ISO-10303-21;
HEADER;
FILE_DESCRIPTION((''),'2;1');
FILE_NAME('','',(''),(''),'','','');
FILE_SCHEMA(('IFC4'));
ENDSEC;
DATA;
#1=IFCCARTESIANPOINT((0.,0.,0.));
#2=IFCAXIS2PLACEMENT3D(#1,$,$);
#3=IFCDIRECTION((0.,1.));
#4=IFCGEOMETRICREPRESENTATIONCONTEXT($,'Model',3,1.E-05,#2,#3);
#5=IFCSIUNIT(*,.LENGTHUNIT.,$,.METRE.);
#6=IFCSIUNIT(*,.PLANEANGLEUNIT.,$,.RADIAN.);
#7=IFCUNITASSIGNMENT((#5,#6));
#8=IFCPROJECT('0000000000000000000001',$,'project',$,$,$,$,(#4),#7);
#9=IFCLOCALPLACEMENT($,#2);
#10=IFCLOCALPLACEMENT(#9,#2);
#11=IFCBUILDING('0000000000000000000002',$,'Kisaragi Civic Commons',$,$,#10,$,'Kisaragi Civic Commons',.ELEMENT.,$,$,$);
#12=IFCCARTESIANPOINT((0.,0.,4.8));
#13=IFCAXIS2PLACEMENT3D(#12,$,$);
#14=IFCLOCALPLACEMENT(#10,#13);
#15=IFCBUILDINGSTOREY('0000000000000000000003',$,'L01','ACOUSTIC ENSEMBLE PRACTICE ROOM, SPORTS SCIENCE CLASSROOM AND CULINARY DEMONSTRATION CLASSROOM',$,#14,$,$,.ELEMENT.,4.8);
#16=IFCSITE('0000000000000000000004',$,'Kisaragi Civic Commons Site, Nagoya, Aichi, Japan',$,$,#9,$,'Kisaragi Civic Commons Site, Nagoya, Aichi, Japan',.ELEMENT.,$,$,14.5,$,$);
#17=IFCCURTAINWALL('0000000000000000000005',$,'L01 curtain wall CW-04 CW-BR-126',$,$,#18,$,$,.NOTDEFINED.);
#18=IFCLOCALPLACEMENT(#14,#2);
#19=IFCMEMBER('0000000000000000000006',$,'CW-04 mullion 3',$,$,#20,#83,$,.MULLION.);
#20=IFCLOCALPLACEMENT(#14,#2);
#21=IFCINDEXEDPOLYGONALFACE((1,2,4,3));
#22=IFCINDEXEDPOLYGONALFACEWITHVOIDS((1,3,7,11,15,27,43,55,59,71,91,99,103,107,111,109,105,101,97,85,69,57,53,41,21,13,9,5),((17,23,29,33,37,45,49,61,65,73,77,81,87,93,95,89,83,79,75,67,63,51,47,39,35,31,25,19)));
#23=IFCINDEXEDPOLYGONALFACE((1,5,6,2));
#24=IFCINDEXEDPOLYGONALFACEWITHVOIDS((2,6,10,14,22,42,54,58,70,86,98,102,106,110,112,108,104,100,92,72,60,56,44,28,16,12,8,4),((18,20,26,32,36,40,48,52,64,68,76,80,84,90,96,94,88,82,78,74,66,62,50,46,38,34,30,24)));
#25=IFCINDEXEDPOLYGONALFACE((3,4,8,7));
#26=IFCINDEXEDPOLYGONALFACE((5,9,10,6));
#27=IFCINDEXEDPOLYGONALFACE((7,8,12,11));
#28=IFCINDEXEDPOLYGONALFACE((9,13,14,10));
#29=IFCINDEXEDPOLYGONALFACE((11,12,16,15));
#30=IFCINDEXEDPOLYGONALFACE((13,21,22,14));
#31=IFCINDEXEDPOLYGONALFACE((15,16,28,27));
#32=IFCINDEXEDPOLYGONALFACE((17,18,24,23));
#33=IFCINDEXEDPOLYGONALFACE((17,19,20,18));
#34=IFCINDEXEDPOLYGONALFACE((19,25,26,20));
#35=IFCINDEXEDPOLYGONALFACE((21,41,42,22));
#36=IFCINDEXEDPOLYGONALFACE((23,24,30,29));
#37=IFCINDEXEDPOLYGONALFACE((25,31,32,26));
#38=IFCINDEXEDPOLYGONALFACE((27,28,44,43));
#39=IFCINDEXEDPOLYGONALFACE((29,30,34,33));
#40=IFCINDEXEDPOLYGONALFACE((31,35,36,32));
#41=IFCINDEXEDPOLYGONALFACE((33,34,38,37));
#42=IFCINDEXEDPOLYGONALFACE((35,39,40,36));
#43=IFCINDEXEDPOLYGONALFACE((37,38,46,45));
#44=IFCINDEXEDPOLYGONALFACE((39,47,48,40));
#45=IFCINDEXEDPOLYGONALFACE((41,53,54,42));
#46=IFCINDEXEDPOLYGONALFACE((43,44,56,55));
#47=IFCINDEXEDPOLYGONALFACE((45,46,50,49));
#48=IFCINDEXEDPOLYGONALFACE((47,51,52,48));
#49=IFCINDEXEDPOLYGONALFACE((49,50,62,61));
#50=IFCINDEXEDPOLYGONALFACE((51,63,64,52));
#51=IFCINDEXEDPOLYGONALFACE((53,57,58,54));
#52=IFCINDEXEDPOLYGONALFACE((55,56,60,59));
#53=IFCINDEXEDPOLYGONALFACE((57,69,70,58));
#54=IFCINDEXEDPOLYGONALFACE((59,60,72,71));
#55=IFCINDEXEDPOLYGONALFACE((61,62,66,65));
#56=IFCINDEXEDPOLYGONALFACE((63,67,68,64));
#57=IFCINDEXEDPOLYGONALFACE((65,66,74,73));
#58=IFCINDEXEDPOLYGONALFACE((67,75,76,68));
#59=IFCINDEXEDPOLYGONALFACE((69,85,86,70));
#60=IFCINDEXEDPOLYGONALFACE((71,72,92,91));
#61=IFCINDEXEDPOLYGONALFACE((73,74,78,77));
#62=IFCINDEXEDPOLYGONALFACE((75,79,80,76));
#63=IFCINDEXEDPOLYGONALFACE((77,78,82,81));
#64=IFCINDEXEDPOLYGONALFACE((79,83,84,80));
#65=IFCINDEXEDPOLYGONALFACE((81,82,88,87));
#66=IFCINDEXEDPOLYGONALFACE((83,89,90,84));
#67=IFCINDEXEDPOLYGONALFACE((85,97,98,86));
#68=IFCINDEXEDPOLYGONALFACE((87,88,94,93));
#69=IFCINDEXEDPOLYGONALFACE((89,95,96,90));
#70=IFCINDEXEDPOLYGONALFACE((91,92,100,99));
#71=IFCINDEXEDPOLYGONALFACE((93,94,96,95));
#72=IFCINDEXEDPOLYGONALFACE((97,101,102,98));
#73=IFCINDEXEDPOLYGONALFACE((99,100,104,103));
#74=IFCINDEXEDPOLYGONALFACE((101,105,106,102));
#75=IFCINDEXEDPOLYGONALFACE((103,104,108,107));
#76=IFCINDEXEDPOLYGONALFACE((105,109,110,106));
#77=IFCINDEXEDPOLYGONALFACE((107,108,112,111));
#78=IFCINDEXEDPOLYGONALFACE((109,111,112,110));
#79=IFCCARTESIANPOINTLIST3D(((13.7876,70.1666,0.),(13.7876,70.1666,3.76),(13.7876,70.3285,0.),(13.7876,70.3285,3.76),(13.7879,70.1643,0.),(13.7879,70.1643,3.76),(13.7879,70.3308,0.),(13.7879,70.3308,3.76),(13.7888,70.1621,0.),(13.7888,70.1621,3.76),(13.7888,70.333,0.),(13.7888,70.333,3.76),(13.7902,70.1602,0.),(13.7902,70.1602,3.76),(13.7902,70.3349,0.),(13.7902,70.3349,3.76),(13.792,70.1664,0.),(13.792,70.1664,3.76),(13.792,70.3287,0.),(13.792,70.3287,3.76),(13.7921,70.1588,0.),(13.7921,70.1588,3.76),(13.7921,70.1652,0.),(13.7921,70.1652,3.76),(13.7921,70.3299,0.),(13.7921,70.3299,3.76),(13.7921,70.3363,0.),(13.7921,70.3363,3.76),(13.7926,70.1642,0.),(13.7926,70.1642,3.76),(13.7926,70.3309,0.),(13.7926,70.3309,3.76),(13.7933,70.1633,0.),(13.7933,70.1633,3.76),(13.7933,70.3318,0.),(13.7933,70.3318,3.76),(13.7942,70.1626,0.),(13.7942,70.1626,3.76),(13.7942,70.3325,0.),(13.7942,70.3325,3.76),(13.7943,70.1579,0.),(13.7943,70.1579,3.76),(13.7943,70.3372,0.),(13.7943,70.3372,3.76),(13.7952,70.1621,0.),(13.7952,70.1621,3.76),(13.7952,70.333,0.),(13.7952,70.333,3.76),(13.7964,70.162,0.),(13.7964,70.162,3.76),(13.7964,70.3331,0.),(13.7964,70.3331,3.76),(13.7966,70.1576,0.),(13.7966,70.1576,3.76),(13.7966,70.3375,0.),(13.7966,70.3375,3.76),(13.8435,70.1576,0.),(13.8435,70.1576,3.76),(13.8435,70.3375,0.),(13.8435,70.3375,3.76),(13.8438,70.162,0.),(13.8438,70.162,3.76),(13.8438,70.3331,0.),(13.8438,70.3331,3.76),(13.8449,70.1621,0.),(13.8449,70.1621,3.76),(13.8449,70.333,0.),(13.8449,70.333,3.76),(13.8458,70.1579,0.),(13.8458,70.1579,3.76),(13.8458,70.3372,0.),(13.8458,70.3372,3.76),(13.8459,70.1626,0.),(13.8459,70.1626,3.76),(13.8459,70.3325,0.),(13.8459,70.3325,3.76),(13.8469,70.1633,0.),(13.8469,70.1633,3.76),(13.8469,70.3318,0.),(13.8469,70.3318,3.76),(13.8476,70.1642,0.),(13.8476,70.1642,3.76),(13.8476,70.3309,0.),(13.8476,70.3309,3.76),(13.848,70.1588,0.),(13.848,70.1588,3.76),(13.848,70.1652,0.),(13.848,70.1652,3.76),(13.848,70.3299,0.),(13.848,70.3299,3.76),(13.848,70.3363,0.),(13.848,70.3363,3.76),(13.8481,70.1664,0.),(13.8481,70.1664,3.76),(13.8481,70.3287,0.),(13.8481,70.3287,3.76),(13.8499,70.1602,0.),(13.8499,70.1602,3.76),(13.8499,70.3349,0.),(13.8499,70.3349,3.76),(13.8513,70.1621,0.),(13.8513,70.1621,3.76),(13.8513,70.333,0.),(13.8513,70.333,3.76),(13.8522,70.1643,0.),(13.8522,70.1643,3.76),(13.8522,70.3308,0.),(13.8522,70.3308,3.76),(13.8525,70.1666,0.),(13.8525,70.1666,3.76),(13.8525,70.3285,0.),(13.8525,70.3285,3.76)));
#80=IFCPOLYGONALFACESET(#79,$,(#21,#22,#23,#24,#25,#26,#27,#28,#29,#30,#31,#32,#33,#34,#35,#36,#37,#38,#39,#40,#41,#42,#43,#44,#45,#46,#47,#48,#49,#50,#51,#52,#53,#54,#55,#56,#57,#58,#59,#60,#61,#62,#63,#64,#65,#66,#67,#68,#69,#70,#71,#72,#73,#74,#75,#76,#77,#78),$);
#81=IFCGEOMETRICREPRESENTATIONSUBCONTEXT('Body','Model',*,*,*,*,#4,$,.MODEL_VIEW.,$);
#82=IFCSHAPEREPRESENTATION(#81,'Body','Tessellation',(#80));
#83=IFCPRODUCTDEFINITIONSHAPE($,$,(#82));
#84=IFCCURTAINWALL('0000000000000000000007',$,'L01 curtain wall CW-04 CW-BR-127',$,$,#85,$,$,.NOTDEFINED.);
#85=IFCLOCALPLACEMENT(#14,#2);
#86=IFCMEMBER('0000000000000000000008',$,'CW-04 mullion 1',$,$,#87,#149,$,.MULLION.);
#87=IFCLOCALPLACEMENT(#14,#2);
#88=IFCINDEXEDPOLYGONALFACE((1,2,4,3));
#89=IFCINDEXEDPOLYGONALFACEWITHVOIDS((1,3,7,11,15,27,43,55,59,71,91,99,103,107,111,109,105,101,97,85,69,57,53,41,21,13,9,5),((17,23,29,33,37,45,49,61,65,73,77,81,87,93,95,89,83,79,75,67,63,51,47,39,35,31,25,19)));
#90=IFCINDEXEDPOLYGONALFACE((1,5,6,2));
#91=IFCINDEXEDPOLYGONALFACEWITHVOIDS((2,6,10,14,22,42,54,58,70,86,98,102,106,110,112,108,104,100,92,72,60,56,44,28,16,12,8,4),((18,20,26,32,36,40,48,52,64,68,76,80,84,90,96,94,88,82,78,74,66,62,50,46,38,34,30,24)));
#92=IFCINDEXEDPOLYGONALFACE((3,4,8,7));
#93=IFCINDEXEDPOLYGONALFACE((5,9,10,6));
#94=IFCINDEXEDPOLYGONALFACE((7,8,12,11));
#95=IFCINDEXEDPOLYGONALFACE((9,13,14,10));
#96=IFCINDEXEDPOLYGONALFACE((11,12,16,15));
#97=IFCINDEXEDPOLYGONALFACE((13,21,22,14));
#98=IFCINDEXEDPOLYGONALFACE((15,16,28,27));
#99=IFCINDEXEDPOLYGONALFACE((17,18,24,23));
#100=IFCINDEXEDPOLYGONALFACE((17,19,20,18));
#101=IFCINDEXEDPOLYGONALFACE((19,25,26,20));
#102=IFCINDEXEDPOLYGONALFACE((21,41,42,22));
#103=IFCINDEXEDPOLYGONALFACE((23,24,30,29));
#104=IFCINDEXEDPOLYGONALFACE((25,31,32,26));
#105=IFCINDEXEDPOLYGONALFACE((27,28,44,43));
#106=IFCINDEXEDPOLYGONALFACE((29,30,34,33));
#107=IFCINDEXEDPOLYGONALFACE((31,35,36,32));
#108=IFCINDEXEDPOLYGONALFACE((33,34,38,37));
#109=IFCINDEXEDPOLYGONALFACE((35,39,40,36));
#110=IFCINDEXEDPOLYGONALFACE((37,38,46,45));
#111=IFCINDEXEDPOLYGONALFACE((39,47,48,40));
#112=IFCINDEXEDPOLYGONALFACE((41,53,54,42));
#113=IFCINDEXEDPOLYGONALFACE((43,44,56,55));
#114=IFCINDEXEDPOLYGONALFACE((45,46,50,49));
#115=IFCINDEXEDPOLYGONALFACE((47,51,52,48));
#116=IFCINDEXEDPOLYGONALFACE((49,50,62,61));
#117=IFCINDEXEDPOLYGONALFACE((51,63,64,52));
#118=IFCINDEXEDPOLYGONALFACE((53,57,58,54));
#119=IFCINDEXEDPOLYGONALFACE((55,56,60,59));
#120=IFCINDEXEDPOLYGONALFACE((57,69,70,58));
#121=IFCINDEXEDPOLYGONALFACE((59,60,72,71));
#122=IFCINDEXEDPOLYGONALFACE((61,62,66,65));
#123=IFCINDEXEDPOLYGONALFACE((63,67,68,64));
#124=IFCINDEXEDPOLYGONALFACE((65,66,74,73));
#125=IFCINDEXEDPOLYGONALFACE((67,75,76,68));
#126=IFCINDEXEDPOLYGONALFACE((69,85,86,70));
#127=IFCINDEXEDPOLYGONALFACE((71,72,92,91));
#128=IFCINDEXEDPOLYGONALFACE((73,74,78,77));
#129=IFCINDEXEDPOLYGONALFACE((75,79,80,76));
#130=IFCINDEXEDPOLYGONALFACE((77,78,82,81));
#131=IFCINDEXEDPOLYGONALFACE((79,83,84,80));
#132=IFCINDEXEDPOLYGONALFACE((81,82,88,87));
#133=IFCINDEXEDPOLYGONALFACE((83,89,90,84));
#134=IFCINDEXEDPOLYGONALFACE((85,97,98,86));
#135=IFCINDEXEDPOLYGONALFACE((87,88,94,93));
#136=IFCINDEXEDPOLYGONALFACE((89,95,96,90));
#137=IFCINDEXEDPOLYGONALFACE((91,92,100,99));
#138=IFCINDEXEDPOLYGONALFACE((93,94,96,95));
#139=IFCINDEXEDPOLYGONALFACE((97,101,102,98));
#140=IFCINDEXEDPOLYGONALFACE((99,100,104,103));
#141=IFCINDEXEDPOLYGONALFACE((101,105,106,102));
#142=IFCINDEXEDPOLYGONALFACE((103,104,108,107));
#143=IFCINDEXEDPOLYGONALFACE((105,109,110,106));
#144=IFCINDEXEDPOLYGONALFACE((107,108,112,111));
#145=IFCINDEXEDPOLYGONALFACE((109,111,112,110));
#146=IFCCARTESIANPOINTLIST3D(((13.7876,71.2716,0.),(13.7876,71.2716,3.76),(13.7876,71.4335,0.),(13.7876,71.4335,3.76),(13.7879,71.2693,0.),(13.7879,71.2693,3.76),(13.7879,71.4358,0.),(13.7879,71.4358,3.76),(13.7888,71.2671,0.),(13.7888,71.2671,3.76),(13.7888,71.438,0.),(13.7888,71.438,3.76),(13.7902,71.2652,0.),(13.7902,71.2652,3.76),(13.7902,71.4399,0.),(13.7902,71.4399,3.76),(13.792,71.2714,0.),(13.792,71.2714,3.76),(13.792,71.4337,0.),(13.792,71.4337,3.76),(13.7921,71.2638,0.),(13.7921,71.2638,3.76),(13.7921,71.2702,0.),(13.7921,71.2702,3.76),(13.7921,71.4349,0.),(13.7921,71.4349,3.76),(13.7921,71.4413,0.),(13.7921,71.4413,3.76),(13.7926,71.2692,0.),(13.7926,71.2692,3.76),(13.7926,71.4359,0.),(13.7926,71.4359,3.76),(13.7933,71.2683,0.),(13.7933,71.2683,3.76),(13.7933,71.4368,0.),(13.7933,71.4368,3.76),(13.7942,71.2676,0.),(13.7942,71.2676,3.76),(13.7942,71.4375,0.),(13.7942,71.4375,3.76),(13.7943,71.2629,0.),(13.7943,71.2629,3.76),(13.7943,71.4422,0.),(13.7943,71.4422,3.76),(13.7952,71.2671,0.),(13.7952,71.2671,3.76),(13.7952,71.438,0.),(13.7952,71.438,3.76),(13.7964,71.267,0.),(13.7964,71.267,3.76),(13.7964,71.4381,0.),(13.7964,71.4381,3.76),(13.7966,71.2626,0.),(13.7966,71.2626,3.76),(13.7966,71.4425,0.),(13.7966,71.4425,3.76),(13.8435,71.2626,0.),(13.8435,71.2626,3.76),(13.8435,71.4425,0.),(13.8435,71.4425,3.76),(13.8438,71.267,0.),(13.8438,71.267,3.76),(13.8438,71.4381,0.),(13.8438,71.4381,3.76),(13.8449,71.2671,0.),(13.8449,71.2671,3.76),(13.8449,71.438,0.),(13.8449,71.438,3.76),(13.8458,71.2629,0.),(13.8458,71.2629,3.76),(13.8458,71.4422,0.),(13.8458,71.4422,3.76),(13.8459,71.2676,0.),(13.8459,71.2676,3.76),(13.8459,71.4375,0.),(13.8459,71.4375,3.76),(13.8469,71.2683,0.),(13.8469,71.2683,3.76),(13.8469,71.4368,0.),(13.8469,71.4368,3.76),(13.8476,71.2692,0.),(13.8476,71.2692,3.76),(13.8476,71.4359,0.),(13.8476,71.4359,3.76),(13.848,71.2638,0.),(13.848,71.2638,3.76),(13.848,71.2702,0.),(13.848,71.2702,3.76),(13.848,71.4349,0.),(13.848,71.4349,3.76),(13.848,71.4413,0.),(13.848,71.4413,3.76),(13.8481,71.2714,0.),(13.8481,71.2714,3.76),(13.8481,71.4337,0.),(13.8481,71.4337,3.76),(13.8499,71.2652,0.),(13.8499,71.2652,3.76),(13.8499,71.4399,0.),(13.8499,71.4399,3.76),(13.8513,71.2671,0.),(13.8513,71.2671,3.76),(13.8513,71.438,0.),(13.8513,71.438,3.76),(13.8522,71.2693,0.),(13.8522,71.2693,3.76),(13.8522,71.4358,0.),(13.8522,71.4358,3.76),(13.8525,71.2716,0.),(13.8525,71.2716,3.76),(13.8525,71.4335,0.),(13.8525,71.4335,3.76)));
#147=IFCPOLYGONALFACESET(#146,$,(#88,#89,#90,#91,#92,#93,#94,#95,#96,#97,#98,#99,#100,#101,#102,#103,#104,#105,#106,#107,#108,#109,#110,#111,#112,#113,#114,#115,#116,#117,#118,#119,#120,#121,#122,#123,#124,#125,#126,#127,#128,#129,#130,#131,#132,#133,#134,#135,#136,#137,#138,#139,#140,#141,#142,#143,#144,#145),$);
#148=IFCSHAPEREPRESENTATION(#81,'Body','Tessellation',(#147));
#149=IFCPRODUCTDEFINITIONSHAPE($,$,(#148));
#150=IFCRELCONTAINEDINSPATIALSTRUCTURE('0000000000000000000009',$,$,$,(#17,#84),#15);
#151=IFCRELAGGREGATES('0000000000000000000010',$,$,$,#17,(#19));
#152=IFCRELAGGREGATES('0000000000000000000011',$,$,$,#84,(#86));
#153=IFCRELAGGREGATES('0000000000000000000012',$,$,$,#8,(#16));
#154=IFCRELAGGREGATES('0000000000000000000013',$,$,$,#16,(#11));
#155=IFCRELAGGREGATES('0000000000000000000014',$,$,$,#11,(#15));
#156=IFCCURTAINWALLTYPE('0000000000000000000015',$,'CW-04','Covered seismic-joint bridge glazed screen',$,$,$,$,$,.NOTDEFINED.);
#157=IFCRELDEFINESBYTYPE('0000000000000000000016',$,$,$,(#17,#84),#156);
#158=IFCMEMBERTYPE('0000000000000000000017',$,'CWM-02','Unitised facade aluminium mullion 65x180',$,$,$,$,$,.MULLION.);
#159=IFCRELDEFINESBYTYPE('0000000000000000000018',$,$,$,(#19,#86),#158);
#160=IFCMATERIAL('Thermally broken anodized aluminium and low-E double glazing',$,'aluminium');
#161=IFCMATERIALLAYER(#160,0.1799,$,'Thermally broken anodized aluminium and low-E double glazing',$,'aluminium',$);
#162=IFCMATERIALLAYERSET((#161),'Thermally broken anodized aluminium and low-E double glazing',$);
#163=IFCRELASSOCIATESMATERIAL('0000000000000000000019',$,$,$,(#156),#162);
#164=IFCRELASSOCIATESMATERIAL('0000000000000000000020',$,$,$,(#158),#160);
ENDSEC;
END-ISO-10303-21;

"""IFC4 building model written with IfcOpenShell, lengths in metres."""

from ifc_helpers import new_model, si_unit, direction, frame, origin, origin_2d, place, context, subcontext, project, spatial, hollow_rectangle, extrude, material, layer, layer_set, material_profile, profile_set, type_object, element, aggregate, save


model = new_model("IFC4")

# Units and contexts
model_context = context("Model", 3, precision=1e-05, world=origin(), true_north=direction((0.0, 1.0)))
body_context = subcontext(model_context, "Body", "Model", "MODEL_VIEW")
ifc_project = project(units=[si_unit("LENGTHUNIT", "METRE"), si_unit("PLANEANGLEUNIT", "RADIAN")], contexts=[model_context])

# Site, building, storey
site_placement = place(None, origin())
site = spatial("IfcSite", under=ifc_project, at=site_placement, Name="Kisaragi Civic Commons Site, Nagoya, Aichi, Japan", LongName="Kisaragi Civic Commons Site, Nagoya, Aichi, Japan", CompositionType="ELEMENT", RefElevation=14.5)
building_placement = place(site_placement, origin())
building = spatial("IfcBuilding", under=site, at=building_placement, Name="Kisaragi Civic Commons", LongName="Kisaragi Civic Commons", CompositionType="ELEMENT")
storey_placement = place(building_placement, frame((0.0, 0.0, 4.8)))
storey = spatial("IfcBuildingStorey", under=building, at=storey_placement, Name="L01", Description="ACOUSTIC ENSEMBLE PRACTICE ROOM, SPORTS SCIENCE CLASSROOM AND CULINARY DEMONSTRATION CLASSROOM", CompositionType="ELEMENT", Elevation=4.8)

# Curtain wall, member
ifc_material_1 = material(Name="Thermally broken anodized aluminium and low-E double glazing", Category="aluminium")
ifc_layer_1 = layer(ifc_material_1, 0.1799, Name="Thermally broken anodized aluminium and low-E double glazing", Category="aluminium")
ifc_layer_set_1 = layer_set([ifc_layer_1], Name="Thermally broken anodized aluminium and low-E double glazing")
curtain_wall_type = type_object("IfcCurtainWallType", Name="CW-04", Description="Covered seismic-joint bridge glazed screen", PredefinedType="NOTDEFINED", material=ifc_layer_set_1)
curtain_wall_1_placement = place(storey_placement, origin())
curtain_wall_1 = element("IfcCurtainWall", 1, at=curtain_wall_1_placement, inside=storey, type_object=curtain_wall_type, Name="L01 curtain wall CW-04 CW-BR-126", PredefinedType="NOTDEFINED")
ifc_material_profile_1 = material_profile(ifc_material_1, hollow_rectangle(XDim=0.0649, YDim=0.1799, WallThickness=0.0044, InnerFilletRadius=0.0044, OuterFilletRadius=0.009, at=origin_2d()), Name="CWM-65x180x4.5", Category="aluminium")
ifc_profile_set_1 = profile_set([ifc_material_profile_1], Name="Thermally broken anodized aluminium and low-E double glazing")
member_type_1 = type_object("IfcMemberType", Name="CWM-02", Description="Unitised facade aluminium mullion 65x180", PredefinedType="MULLION", material=ifc_profile_set_1)
member_1_placement = place(storey_placement, frame((13.8201, 70.2476, 0.0), z_axis=(0.0, 0.0, 1.0), x_axis=(-1.0, 0.0, 0.0)))
member_1 = element("IfcMember", 2, at=member_1_placement, type_object=member_type_1, Name="CW-04 mullion 3", PredefinedType="MULLION", context=body_context, shape_type="SweptSolid", body=[
    extrude(hollow_rectangle(XDim=0.0649, YDim=0.1799, WallThickness=0.0044, InnerFilletRadius=0.0044, OuterFilletRadius=0.009, at=origin_2d()), origin(), (0.0, 0.0, 1.0), 3.76),
])

# Curtain wall, member
curtain_wall_2_placement = place(storey_placement, origin())
curtain_wall_2 = element("IfcCurtainWall", 3, at=curtain_wall_2_placement, inside=storey, type_object=curtain_wall_type, Name="L01 curtain wall CW-04 CW-BR-127", PredefinedType="NOTDEFINED")
member_2_placement = place(storey_placement, frame((13.8201, 71.3525, 0.0), z_axis=(0.0, 0.0, 1.0), x_axis=(-1.0, 0.0, 0.0)))
member_2 = element("IfcMember", 4, at=member_2_placement, type_object=member_type_1, Name="CW-04 mullion 1", PredefinedType="MULLION", context=body_context, shape_type="SweptSolid", body=[
    extrude(hollow_rectangle(XDim=0.0649, YDim=0.1799, WallThickness=0.0044, InnerFilletRadius=0.0044, OuterFilletRadius=0.009, at=origin_2d()), origin(), (0.0, 0.0, 1.0), 3.76),
])

aggregate(curtain_wall_1, [member_1])
aggregate(curtain_wall_2, [member_2])

save(model, "model.ifc")
